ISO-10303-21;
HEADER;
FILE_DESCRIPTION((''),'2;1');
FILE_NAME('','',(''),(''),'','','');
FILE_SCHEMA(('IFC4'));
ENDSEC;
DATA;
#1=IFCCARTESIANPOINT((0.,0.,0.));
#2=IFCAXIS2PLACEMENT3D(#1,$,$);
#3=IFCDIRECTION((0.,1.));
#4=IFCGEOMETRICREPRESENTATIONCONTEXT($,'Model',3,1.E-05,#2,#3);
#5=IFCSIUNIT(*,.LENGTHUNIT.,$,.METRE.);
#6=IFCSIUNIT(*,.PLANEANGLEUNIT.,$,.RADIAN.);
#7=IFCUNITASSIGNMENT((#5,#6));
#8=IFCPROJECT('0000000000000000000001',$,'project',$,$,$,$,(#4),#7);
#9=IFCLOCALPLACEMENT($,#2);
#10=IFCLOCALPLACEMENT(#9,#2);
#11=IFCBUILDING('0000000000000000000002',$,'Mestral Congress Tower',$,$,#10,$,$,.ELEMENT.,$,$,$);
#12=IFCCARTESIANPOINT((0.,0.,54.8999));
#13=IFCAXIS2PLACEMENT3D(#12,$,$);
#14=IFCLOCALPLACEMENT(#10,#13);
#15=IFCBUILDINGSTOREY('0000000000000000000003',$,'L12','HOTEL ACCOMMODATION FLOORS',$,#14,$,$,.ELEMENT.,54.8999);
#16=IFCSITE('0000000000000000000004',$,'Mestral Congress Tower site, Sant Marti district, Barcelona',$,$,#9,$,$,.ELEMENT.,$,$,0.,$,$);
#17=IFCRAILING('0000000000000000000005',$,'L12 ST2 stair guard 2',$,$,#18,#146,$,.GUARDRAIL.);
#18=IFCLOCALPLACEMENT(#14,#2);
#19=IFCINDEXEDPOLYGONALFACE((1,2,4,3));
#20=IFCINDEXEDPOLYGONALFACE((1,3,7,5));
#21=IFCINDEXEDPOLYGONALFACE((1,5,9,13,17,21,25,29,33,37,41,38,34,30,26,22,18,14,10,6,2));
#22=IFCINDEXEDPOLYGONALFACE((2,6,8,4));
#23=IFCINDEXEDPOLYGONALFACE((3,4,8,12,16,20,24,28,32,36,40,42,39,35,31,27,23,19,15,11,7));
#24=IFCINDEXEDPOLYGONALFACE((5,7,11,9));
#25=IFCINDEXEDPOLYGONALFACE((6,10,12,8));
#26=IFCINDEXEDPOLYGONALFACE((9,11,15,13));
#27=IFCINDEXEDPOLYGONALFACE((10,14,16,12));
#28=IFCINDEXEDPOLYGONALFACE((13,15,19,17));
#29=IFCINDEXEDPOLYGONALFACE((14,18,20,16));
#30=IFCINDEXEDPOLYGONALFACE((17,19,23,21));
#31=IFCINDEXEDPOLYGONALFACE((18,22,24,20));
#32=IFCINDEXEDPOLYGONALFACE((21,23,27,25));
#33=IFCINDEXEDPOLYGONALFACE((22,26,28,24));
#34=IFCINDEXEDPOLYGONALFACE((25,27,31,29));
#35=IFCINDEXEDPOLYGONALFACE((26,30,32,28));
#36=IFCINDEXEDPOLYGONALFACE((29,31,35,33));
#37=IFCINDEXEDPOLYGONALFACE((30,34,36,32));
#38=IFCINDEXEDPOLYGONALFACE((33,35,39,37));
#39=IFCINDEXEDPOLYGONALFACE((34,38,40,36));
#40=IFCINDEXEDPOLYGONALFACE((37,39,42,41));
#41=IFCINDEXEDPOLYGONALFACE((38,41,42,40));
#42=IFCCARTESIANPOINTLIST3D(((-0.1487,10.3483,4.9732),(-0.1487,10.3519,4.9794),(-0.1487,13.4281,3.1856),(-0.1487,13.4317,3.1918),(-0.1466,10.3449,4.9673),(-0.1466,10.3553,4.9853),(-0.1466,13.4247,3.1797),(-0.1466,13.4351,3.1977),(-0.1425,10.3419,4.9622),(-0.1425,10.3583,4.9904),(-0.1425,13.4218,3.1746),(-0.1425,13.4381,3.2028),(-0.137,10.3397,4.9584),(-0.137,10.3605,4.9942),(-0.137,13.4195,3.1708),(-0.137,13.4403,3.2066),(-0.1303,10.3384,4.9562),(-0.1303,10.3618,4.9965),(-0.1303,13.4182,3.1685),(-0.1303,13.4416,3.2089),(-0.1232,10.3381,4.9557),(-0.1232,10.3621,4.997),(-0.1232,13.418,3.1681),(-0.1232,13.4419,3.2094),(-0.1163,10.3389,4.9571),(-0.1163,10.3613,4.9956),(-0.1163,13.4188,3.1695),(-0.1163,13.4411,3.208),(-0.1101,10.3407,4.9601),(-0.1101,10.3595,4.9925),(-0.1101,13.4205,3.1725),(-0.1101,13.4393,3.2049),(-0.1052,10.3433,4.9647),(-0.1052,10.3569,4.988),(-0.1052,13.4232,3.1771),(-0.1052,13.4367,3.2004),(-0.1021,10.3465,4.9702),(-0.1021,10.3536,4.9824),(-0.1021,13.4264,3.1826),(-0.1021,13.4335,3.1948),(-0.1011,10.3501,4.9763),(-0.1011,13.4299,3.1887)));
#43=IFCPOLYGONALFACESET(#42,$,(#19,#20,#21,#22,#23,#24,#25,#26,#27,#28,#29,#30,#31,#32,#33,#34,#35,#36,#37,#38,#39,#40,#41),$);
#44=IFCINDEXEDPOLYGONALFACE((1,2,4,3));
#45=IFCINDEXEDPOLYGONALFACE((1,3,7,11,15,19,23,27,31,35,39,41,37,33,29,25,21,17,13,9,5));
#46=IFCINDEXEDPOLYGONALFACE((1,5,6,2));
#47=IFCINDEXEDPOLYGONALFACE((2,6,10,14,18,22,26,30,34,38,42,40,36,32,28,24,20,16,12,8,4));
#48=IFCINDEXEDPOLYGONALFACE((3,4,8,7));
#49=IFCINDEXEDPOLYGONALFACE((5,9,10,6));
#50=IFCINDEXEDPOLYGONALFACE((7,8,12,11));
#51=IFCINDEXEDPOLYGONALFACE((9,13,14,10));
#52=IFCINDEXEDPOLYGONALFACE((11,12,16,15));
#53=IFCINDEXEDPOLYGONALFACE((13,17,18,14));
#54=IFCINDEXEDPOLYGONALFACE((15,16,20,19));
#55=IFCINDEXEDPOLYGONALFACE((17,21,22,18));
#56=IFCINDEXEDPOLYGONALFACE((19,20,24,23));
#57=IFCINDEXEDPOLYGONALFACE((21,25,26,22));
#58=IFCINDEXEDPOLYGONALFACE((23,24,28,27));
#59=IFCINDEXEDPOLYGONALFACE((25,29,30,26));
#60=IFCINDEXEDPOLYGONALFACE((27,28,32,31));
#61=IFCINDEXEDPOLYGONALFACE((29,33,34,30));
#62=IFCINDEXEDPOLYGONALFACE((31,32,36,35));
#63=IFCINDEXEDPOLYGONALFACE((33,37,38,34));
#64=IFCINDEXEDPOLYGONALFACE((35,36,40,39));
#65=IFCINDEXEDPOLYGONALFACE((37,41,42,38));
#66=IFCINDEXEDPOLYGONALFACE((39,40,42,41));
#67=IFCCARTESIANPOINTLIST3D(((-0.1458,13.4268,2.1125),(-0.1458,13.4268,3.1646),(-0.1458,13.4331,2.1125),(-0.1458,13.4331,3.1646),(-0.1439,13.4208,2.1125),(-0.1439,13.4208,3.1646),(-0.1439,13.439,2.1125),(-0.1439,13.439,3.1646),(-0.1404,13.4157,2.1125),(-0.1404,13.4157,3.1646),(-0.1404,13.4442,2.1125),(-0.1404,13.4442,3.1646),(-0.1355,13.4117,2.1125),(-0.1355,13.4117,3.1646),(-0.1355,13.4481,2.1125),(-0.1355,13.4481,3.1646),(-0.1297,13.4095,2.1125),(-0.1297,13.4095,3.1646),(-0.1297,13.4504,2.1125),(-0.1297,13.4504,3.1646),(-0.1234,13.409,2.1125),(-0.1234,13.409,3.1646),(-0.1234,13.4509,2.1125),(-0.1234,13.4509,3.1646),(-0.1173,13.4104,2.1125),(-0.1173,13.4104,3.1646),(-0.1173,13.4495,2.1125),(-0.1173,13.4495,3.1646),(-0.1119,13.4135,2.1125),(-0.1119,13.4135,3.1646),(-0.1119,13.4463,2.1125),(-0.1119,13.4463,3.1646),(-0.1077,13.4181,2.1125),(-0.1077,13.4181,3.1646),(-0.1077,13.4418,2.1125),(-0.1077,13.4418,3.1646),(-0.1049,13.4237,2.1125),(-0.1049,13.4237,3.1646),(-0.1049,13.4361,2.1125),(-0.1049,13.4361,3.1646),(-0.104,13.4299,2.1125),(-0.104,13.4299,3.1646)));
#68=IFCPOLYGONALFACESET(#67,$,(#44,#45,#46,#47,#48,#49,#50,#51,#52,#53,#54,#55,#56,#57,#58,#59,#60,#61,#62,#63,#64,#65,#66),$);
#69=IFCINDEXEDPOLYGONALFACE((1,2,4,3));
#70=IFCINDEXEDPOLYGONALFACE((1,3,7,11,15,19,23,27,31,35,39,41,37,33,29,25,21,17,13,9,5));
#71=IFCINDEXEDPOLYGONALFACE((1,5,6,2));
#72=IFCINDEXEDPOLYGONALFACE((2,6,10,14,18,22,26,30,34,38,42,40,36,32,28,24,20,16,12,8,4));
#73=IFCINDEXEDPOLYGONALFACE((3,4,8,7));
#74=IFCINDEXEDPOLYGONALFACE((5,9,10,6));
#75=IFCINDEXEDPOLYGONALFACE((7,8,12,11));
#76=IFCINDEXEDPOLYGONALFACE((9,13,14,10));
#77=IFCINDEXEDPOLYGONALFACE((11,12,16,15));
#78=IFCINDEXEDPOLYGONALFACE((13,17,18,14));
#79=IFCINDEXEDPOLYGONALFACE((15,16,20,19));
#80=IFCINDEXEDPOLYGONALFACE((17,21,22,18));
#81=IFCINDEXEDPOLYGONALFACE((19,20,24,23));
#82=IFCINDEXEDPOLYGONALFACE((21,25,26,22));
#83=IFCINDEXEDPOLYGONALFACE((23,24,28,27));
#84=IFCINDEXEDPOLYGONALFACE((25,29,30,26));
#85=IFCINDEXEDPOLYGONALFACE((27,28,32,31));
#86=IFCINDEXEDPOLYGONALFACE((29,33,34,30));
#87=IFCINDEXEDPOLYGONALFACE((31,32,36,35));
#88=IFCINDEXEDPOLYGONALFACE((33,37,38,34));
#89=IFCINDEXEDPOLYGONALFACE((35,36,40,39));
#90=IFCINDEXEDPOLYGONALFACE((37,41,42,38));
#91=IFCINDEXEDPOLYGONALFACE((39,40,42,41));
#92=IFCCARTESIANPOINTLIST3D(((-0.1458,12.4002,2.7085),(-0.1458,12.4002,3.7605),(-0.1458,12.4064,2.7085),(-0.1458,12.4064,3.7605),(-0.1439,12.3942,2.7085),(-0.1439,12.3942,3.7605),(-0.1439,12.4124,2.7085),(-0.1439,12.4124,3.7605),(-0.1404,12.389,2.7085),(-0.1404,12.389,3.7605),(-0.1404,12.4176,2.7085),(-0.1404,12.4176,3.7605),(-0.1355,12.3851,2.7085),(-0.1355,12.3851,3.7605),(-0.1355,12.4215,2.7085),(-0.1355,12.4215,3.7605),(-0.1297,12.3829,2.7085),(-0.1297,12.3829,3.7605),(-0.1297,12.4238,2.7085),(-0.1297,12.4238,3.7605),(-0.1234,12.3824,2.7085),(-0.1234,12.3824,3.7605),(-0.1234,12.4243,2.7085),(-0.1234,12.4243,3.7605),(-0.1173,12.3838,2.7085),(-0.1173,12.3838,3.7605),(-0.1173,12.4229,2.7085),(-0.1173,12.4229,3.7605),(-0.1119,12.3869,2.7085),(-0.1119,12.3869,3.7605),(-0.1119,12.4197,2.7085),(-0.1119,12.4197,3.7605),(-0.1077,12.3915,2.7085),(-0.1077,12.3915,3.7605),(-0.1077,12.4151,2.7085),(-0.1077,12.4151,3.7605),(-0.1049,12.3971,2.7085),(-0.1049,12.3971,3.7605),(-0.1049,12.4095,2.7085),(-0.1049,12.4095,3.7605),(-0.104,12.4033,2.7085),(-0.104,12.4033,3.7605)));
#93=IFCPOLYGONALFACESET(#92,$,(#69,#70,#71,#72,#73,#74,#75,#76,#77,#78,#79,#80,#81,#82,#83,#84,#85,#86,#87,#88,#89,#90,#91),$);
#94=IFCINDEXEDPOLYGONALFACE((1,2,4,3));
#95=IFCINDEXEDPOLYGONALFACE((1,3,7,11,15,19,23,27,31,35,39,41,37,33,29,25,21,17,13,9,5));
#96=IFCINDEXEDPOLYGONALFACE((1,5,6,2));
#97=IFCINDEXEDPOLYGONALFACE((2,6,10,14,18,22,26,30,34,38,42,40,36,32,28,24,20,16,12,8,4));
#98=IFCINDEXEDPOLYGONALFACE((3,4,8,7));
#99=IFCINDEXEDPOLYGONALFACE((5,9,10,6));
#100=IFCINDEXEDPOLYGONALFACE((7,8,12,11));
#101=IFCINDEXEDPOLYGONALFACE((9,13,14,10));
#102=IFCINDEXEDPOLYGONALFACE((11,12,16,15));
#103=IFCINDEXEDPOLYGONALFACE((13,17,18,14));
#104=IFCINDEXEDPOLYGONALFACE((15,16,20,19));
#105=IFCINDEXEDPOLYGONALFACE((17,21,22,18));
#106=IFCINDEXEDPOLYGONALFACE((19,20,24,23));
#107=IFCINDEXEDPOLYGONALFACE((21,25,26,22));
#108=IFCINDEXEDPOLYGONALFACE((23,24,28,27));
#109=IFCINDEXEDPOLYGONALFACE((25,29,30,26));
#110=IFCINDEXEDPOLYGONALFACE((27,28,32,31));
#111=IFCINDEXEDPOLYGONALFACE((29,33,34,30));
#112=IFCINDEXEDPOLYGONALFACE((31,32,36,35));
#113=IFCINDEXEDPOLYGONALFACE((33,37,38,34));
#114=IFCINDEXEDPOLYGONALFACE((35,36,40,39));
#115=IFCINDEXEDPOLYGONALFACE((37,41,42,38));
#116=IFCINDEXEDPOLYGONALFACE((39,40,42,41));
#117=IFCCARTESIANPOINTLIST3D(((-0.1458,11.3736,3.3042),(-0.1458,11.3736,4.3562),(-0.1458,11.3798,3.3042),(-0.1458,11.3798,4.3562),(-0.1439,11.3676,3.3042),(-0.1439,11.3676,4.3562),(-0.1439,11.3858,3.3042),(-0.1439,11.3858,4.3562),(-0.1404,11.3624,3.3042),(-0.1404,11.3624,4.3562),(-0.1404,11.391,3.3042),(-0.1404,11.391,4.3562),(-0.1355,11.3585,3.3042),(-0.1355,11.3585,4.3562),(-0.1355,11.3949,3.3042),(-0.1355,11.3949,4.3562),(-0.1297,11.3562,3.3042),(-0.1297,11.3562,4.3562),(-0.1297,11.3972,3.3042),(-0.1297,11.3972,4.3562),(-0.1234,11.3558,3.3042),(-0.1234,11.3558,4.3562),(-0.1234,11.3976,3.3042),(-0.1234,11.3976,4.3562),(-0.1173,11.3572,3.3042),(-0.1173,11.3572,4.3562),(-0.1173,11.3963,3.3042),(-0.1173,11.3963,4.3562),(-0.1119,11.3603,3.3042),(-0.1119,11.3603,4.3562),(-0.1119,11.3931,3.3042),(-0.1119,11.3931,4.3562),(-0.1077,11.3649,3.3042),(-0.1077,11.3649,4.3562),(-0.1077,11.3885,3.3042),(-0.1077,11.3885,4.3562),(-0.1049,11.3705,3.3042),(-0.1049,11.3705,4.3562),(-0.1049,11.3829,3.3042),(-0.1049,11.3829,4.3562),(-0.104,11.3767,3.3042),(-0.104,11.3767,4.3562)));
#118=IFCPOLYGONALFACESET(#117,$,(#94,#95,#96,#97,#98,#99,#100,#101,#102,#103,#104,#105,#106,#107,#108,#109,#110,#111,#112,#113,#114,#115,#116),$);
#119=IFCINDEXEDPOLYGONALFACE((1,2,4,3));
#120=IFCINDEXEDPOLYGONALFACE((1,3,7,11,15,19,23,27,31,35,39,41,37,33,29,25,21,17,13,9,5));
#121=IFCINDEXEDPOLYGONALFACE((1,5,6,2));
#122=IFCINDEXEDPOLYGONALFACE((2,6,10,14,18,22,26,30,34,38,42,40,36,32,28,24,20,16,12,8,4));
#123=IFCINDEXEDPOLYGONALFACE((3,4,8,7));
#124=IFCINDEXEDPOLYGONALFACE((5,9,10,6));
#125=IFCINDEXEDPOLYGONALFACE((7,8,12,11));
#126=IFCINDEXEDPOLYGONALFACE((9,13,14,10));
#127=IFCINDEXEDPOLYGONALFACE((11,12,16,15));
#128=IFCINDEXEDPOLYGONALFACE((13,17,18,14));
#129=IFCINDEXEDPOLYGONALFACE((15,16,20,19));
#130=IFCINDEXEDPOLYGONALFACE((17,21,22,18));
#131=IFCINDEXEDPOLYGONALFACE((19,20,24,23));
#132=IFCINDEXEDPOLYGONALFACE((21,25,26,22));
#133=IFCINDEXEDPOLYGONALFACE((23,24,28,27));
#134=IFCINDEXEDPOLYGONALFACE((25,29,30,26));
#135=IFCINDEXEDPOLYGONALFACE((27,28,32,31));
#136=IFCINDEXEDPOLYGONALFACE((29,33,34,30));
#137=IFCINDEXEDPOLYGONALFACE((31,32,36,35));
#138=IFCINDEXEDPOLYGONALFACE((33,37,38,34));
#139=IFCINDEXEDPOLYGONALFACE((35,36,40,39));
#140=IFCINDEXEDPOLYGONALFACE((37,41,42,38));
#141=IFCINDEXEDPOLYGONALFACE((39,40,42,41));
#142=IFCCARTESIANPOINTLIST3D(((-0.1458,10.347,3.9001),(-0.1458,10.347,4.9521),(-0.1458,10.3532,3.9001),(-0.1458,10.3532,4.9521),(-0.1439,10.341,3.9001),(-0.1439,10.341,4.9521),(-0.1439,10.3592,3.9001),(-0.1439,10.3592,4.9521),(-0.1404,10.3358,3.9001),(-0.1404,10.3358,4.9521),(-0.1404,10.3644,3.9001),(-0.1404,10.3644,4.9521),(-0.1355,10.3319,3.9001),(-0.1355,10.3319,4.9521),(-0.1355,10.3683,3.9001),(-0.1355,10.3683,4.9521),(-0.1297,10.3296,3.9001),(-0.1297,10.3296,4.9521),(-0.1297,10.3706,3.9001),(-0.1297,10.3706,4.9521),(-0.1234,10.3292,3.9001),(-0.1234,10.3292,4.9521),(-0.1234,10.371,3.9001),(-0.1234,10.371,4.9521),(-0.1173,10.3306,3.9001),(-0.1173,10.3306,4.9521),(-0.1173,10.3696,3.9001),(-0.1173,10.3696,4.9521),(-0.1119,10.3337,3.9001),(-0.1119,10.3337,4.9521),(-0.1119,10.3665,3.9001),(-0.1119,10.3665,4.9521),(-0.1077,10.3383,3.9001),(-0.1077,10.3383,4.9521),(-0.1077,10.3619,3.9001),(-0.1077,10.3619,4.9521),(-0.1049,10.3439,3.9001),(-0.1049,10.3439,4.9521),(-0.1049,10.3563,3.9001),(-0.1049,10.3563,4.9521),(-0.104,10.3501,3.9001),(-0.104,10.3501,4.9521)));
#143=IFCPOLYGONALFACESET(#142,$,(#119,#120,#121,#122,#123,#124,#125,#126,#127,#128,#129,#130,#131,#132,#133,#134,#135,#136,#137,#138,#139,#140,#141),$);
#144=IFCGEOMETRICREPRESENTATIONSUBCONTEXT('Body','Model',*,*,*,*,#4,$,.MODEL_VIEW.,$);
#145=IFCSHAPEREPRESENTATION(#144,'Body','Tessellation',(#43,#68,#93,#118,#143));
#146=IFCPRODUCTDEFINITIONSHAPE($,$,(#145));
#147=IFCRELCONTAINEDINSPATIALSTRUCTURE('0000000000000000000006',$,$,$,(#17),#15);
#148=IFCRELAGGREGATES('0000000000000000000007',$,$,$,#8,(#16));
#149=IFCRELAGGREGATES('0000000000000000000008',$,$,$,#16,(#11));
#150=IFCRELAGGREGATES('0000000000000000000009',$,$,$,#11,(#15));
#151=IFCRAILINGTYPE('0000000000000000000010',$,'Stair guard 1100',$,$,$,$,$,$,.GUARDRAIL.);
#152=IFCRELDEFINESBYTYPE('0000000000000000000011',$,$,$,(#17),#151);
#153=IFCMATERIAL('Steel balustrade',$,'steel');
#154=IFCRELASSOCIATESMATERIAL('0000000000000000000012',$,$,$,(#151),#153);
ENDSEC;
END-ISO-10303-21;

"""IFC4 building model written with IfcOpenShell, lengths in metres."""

from ifc_helpers import new_model, si_unit, direction, frame, origin, origin_2d, place, context, subcontext, project, spatial, circle, extrude, material, type_object, element, save


model = new_model("IFC4")

# Units and contexts
model_context = context("Model", 3, precision=1e-05, world=origin(), true_north=direction((0.0, 1.0)))
body_context = subcontext(model_context, "Body", "Model", "MODEL_VIEW")
ifc_project = project(units=[si_unit("LENGTHUNIT", "METRE"), si_unit("PLANEANGLEUNIT", "RADIAN")], contexts=[model_context])

# Site, building, storey
site_placement = place(None, origin())
site = spatial("IfcSite", under=ifc_project, at=site_placement, Name="Mestral Congress Tower site, Sant Marti district, Barcelona", CompositionType="ELEMENT", RefElevation=0.0)
building_placement = place(site_placement, origin())
building = spatial("IfcBuilding", under=site, at=building_placement, Name="Mestral Congress Tower", CompositionType="ELEMENT")
storey_placement = place(building_placement, frame((0.0, 0.0, 54.8999)))
storey = spatial("IfcBuildingStorey", under=building, at=storey_placement, Name="L12", Description="HOTEL ACCOMMODATION FLOORS", CompositionType="ELEMENT", Elevation=54.8999)

# Railing
ifc_material_1 = material(Name="Steel balustrade", Category="steel")
railing_type_1 = type_object("IfcRailingType", Name="Stair guard 1100", PredefinedType="GUARDRAIL", material=ifc_material_1)
railing_1_placement = place(storey_placement, frame((-0.125, 13.4299, 2.1125)))
element("IfcRailing", 1, at=railing_1_placement, inside=storey, type_object=railing_type_1, Name="L12 ST2 stair guard 2", PredefinedType="GUARDRAIL", context=body_context, shape_type="SweptSolid", body=[
    extrude(circle(Radius=0.0239, at=origin_2d()), frame((0.0, 0.0, 1.0762), z_axis=(0.0, -0.864873, 0.50199), x_axis=(1.0, 0.0, 0.0)), (0.0, 0.0, 1.0), 3.561),
    extrude(circle(Radius=0.021, at=origin_2d()), origin(), (0.0, 0.0, 1.0), 1.052),
    extrude(circle(Radius=0.021, at=origin_2d()), frame((0.0, -1.0266, 0.5959)), (0.0, 0.0, 1.0), 1.052),
    extrude(circle(Radius=0.021, at=origin_2d()), frame((0.0, -2.0532, 1.1917)), (0.0, 0.0, 1.0), 1.052),
    extrude(circle(Radius=0.021, at=origin_2d()), frame((0.0, -3.0798, 1.7876)), (0.0, 0.0, 1.0), 1.052),
])

save(model, "model.ifc")
